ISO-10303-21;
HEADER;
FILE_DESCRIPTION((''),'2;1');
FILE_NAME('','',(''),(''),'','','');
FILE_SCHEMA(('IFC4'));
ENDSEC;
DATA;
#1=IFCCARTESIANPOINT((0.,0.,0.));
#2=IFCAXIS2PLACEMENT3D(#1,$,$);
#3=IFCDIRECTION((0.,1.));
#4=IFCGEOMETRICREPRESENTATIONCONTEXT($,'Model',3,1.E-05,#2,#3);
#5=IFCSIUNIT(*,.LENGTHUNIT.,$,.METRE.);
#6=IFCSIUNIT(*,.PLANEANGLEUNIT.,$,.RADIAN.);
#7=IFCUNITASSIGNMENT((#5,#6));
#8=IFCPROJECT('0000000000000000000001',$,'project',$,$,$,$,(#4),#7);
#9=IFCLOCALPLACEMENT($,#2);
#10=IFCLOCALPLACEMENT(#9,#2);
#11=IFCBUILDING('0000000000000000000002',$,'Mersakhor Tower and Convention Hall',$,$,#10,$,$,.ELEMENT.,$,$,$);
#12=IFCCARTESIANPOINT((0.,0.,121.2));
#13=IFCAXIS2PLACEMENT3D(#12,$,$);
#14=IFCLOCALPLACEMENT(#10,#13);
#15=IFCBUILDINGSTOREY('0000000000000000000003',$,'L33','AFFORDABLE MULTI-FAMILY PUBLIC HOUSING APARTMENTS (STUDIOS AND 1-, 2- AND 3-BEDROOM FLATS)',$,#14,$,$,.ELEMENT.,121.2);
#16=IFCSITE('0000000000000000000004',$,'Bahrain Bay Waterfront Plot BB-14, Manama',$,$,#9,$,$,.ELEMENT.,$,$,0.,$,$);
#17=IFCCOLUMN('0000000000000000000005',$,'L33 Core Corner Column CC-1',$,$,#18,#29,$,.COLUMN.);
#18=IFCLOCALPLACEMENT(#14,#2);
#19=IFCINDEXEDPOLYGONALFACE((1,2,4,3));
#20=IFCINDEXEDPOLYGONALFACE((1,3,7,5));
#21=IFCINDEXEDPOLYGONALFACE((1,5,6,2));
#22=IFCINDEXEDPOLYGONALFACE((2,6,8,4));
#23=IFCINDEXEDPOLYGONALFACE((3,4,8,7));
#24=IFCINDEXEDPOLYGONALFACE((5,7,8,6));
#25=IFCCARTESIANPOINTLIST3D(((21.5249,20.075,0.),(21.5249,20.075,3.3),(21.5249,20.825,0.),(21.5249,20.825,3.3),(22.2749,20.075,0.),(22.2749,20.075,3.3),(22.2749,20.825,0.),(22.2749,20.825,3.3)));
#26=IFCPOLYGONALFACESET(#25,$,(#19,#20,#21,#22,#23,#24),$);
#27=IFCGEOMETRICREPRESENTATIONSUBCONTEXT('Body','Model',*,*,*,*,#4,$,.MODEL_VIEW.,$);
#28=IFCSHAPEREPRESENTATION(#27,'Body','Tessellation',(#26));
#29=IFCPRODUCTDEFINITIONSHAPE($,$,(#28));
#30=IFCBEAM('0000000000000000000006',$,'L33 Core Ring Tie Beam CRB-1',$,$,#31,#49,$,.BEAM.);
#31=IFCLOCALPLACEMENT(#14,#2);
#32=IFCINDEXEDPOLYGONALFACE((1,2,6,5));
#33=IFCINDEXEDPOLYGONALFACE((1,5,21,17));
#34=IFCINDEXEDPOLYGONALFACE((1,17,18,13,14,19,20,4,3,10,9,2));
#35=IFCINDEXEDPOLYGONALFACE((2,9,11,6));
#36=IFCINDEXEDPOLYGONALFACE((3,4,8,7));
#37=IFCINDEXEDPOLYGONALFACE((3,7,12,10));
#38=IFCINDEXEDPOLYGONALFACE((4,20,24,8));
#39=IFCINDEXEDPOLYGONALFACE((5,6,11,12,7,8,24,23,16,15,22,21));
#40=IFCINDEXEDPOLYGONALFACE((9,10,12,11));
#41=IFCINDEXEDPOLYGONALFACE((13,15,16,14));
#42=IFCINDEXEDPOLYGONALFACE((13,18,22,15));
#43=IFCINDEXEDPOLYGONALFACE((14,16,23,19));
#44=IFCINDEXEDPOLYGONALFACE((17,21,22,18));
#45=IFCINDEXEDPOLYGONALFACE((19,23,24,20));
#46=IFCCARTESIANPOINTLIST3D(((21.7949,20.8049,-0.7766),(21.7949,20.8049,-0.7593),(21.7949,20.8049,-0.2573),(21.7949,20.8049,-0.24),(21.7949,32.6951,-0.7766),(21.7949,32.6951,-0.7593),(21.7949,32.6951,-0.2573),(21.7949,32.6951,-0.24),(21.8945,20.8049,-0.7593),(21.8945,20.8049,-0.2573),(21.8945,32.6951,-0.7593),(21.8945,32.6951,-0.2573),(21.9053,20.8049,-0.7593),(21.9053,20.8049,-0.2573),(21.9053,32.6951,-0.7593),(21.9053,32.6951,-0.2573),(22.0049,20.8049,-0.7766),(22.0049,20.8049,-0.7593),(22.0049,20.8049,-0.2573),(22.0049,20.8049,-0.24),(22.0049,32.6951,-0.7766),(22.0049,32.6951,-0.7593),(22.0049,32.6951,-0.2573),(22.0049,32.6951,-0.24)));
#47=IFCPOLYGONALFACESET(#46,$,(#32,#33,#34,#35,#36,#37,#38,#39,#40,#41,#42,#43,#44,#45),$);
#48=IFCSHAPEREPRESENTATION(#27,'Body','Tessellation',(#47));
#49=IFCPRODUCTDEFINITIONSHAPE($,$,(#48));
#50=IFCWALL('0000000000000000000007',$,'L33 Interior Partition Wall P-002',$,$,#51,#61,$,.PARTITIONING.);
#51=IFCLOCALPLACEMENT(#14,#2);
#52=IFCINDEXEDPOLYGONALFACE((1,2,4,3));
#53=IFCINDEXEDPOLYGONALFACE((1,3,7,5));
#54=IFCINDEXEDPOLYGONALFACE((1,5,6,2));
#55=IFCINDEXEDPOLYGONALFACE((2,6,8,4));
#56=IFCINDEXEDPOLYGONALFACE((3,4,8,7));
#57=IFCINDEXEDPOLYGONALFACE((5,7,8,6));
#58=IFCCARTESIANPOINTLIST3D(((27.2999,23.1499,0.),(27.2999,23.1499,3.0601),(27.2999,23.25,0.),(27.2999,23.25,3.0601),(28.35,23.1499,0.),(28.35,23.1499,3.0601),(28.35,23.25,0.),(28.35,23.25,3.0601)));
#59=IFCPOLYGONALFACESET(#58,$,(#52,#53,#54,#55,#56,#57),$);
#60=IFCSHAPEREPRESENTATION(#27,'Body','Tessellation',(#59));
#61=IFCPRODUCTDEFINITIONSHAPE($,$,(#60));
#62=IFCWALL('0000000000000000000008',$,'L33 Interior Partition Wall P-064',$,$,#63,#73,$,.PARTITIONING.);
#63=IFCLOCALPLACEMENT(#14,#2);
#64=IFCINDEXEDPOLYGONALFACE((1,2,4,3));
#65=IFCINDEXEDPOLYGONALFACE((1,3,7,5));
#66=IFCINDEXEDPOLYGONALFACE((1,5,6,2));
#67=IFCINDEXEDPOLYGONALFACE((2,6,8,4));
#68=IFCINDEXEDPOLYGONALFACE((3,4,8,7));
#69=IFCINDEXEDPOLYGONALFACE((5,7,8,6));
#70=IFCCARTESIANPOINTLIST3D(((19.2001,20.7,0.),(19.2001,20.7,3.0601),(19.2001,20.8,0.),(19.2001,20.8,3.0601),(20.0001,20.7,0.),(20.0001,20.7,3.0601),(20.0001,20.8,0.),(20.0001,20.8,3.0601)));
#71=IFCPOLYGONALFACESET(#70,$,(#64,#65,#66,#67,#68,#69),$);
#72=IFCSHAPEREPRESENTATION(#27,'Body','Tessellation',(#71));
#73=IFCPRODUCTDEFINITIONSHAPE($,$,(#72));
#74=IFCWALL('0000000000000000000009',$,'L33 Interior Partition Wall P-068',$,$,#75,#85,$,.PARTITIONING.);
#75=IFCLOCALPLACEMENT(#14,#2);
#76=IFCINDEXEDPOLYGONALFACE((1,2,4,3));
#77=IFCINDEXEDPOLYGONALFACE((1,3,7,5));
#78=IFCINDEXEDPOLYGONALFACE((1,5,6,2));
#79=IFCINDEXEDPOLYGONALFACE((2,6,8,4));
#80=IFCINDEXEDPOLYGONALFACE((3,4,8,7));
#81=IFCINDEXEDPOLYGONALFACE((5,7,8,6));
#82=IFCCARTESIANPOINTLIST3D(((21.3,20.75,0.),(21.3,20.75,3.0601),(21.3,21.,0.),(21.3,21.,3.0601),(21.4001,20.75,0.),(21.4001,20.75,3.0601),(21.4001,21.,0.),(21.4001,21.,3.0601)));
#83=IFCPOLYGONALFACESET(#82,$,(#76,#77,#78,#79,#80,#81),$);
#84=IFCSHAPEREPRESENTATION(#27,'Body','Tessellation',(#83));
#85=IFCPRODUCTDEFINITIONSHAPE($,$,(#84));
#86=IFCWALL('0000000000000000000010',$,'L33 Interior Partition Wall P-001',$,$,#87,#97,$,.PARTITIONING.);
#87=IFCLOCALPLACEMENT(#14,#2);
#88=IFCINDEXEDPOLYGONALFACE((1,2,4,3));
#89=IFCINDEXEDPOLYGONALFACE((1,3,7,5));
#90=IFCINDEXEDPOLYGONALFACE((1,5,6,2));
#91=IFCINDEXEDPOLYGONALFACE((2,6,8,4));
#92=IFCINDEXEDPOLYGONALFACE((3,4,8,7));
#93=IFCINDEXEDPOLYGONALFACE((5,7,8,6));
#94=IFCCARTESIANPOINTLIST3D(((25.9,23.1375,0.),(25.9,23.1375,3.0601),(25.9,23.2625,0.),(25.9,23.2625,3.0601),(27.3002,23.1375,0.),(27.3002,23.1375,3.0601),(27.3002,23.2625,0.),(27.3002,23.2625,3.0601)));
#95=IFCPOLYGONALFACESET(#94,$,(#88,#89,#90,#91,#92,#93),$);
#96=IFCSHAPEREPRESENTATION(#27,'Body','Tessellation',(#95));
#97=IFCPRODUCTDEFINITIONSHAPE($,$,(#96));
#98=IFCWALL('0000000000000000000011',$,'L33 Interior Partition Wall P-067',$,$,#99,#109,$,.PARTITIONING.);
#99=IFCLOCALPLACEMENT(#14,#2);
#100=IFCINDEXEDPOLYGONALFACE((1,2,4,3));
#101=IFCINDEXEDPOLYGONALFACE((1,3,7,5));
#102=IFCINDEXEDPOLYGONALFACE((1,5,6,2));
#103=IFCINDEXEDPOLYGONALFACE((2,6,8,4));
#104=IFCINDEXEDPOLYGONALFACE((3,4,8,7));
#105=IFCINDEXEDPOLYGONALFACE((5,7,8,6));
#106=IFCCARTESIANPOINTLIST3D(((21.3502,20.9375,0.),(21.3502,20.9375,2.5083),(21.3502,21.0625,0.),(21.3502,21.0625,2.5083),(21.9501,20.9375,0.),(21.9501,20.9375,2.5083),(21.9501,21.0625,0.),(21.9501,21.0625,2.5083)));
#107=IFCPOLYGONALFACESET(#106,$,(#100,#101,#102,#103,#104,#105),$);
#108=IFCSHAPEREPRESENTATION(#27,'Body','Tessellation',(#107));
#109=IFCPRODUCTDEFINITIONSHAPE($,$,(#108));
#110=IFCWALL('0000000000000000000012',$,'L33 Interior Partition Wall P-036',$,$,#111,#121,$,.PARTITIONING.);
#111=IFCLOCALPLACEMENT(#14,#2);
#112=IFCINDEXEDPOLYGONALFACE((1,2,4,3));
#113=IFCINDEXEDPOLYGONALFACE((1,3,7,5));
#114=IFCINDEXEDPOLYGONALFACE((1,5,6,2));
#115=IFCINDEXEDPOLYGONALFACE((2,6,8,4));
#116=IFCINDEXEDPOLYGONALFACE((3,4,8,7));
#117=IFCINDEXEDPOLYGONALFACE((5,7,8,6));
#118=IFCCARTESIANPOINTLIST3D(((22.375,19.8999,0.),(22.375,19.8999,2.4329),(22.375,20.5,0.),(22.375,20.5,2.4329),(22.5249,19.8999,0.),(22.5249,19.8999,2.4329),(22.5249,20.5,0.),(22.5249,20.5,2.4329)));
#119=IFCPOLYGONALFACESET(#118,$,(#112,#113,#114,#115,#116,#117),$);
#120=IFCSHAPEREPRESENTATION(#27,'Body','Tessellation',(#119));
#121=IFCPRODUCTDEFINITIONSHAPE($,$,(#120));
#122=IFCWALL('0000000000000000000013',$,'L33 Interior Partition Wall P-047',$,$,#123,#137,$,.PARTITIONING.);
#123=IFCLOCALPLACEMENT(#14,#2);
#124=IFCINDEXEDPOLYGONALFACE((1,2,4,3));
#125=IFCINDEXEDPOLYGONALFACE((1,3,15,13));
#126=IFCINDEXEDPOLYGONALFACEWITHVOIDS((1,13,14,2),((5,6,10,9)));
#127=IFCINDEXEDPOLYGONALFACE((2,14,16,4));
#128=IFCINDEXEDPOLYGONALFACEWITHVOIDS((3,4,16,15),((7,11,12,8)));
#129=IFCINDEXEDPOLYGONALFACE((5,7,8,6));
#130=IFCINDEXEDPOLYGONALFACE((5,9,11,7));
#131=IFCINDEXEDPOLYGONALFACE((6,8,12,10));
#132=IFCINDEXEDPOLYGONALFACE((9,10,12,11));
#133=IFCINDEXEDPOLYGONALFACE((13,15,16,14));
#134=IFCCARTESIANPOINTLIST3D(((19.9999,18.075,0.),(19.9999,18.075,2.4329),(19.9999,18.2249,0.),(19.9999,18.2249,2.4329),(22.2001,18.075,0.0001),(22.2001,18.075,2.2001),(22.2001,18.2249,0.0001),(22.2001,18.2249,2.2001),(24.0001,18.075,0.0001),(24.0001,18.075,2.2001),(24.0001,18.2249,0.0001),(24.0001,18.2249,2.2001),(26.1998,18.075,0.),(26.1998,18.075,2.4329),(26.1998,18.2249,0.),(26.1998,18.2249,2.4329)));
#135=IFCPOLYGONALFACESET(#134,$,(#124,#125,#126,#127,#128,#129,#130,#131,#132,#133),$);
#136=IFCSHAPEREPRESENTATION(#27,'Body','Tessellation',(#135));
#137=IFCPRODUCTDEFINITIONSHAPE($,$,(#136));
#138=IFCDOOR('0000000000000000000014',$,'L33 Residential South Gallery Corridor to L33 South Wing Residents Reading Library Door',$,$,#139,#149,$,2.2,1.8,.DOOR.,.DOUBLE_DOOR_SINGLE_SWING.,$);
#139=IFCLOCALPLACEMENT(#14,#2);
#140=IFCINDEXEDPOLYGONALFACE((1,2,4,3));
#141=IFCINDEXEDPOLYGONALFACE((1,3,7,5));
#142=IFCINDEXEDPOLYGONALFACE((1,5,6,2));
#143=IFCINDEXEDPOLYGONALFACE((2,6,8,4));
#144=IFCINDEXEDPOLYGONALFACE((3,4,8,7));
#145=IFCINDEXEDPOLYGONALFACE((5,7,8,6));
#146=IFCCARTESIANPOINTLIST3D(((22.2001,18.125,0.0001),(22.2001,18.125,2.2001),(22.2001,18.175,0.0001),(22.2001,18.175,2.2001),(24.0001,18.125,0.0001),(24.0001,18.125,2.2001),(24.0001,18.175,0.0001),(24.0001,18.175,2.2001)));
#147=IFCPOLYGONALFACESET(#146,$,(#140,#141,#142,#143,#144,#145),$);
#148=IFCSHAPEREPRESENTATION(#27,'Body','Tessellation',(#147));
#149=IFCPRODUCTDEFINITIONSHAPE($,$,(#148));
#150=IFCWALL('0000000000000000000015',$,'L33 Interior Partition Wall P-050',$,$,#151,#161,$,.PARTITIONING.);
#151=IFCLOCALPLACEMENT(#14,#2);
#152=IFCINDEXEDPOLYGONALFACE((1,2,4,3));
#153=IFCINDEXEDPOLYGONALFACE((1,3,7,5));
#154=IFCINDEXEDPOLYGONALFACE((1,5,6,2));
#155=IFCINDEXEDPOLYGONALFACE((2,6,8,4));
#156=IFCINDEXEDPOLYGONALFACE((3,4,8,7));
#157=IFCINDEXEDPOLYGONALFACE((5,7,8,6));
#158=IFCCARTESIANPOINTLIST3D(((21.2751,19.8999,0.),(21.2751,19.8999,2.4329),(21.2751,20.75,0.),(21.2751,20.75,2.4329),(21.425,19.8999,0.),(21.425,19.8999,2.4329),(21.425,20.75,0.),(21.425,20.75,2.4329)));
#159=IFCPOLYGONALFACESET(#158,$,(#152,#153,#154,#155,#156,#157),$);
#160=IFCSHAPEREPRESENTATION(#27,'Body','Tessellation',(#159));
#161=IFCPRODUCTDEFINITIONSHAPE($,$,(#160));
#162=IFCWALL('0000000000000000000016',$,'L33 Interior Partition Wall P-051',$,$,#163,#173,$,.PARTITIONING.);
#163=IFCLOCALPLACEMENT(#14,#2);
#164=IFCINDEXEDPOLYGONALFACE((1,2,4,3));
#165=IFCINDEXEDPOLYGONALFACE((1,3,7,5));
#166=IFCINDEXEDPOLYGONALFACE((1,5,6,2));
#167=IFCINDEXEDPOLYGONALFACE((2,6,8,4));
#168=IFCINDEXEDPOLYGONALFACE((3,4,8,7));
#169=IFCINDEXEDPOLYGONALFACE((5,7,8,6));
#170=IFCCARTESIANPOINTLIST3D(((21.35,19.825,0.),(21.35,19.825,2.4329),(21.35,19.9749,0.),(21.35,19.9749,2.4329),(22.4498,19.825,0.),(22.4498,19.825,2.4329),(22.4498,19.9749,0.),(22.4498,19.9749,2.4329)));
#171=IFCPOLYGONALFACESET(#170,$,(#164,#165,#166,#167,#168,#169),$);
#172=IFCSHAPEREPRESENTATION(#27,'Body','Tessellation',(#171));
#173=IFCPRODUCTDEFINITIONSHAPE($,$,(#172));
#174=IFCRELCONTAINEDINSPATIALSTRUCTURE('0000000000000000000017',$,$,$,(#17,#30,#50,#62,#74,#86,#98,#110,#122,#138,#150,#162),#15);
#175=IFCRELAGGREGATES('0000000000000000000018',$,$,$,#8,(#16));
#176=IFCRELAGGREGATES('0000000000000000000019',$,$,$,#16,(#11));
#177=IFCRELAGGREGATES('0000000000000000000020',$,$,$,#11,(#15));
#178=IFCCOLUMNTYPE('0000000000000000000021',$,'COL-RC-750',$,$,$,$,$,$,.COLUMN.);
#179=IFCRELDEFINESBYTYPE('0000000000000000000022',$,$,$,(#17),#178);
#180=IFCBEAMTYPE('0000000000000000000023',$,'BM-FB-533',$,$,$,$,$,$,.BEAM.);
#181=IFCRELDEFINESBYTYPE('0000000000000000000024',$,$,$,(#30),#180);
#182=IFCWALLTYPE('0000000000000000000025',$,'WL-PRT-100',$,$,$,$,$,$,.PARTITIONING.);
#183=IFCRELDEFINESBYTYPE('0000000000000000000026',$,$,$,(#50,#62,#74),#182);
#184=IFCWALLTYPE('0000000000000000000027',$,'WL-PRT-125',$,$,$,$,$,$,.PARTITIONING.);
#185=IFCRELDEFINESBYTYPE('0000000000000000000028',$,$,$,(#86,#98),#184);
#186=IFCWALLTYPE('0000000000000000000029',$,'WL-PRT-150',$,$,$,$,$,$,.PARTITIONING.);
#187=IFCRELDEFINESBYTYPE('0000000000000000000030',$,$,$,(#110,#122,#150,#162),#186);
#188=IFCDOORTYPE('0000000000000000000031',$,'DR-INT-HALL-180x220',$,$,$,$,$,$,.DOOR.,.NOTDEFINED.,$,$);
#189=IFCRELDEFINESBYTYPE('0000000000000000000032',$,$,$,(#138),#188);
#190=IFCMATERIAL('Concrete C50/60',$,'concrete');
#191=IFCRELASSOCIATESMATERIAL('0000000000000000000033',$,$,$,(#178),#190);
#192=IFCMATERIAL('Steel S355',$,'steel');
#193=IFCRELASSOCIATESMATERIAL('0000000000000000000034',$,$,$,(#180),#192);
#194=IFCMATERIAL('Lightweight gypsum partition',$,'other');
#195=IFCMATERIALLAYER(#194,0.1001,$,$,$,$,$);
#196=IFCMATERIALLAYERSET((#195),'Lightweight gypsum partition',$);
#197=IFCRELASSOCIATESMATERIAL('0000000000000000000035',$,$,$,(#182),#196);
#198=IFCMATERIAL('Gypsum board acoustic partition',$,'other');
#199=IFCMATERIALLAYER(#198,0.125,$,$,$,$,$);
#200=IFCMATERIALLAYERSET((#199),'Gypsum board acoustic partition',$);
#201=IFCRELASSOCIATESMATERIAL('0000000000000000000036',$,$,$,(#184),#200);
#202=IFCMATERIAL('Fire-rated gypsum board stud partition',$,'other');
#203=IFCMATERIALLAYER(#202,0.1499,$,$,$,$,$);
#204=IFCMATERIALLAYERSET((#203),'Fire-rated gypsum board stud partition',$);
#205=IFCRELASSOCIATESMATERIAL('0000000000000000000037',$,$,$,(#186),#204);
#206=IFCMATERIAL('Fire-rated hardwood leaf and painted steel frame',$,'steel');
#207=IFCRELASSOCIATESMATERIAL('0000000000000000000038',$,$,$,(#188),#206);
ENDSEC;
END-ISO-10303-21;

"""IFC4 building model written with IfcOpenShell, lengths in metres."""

from ifc_helpers import new_model, si_unit, direction, frame, frame_2d, origin, origin_2d, place, context, subcontext, project, spatial, rectangle, i_section, extrude, material, layer, layer_set, material_profile, profile_set, type_object, element, fill, save


model = new_model("IFC4")

# Units and contexts
model_context = context("Model", 3, precision=1e-05, world=origin(), true_north=direction((0.0, 1.0)))
body_context = subcontext(model_context, "Body", "Model", "MODEL_VIEW")
ifc_project = project(units=[si_unit("LENGTHUNIT", "METRE"), si_unit("PLANEANGLEUNIT", "RADIAN")], contexts=[model_context])

# Site, building, storey
site_placement = place(None, origin())
site = spatial("IfcSite", under=ifc_project, at=site_placement, Name="Bahrain Bay Waterfront Plot BB-14, Manama", CompositionType="ELEMENT", RefElevation=0.0)
building_placement = place(site_placement, origin())
building = spatial("IfcBuilding", under=site, at=building_placement, Name="Mersakhor Tower and Convention Hall", CompositionType="ELEMENT")
storey_placement = place(building_placement, frame((0.0, 0.0, 121.2)))
storey = spatial("IfcBuildingStorey", under=building, at=storey_placement, Name="L33", Description="AFFORDABLE MULTI-FAMILY PUBLIC HOUSING APARTMENTS (STUDIOS AND 1-, 2- AND 3-BEDROOM FLATS)", CompositionType="ELEMENT", Elevation=121.2)

# Column
ifc_material_1 = material(Name="Concrete C50/60", Category="concrete")
ifc_material_profile_1 = material_profile(ifc_material_1, rectangle(XDim=0.75, YDim=0.75, at=origin_2d()), Name="RC 750x750")
ifc_profile_set_1 = profile_set([ifc_material_profile_1], Name="Concrete C50/60")
column_type = type_object("IfcColumnType", Name="COL-RC-750", PredefinedType="COLUMN", material=ifc_profile_set_1)
column_placement = place(storey_placement, frame((21.8999, 20.45, 0.0), z_axis=(0.0, 0.0, 1.0), x_axis=(1.0, 0.0, 0.0)))
element("IfcColumn", 1, at=column_placement, inside=storey, type_object=column_type, Name="L33 Core Corner Column CC-1", PredefinedType="COLUMN", context=body_context, shape_type="SweptSolid", body=[
    extrude(rectangle(XDim=0.75, YDim=0.75, at=origin_2d()), origin(), (0.0, 0.0, 1.0), 3.3),
])

# Beam
ifc_material_2 = material(Name="Steel S355", Category="steel")
ifc_material_profile_2 = material_profile(ifc_material_2, i_section(OverallWidth=0.21, OverallDepth=0.5366, WebThickness=0.0107, FlangeThickness=0.0173, at=origin_2d()), Name="UB 533x210x101")
ifc_profile_set_2 = profile_set([ifc_material_profile_2], Name="Steel S355")
beam_type = type_object("IfcBeamType", Name="BM-FB-533", PredefinedType="BEAM", material=ifc_profile_set_2)
beam_placement = place(storey_placement, frame((21.8999, 20.8049, -0.5083), z_axis=(0.0, 1.0, 0.0), x_axis=(-1.0, 0.0, 0.0)))
element("IfcBeam", 2, at=beam_placement, inside=storey, type_object=beam_type, Name="L33 Core Ring Tie Beam CRB-1", PredefinedType="BEAM", context=body_context, shape_type="SweptSolid", body=[
    extrude(i_section(OverallWidth=0.21, OverallDepth=0.5366, WebThickness=0.0107, FlangeThickness=0.0173, at=origin_2d()), origin(), (0.0, 0.0, 1.0), 11.8901),
])

# Walls
ifc_material_3 = material(Name="Lightweight gypsum partition", Category="other")
ifc_layer_1 = layer(ifc_material_3, 0.1001)
ifc_layer_set_1 = layer_set([ifc_layer_1], Name="Lightweight gypsum partition")
wall_type_1 = type_object("IfcWallType", Name="WL-PRT-100", PredefinedType="PARTITIONING", material=ifc_layer_set_1)
wall_1_placement = place(storey_placement, frame((27.3, 23.2, 0.0), z_axis=(0.0, 0.0, 1.0), x_axis=(1.0, 0.0, 0.0)))
element("IfcWall", 3, at=wall_1_placement, inside=storey, type_object=wall_type_1, Name="L33 Interior Partition Wall P-002", PredefinedType="PARTITIONING", context=body_context, shape_type="SweptSolid", body=[
    extrude(rectangle(XDim=1.05, YDim=0.1001, at=frame_2d((0.5249, 0.0))), origin(), (0.0, 0.0, 1.0), 3.0601),
])
wall_2_placement = place(storey_placement, frame((20.0, 20.75, 0.0), z_axis=(0.0, 0.0, 1.0), x_axis=(-1.0, 0.0, 0.0)))
element("IfcWall", 4, at=wall_2_placement, inside=storey, type_object=wall_type_1, Name="L33 Interior Partition Wall P-064", PredefinedType="PARTITIONING", context=body_context, shape_type="SweptSolid", body=[
    extrude(rectangle(XDim=0.8, YDim=0.1001, at=frame_2d((0.3999, 0.0))), origin(), (0.0, 0.0, 1.0), 3.0601),
])
wall_3_placement = place(storey_placement, frame((21.3501, 21.0, 0.0), z_axis=(0.0, 0.0, 1.0), x_axis=(0.0, -1.0, 0.0)))
element("IfcWall", 5, at=wall_3_placement, inside=storey, type_object=wall_type_1, Name="L33 Interior Partition Wall P-068", PredefinedType="PARTITIONING", context=body_context, shape_type="SweptSolid", body=[
    extrude(rectangle(XDim=0.25, YDim=0.1001, at=frame_2d((0.125, 0.0))), origin(), (0.0, 0.0, 1.0), 3.0601),
])
ifc_material_4 = material(Name="Gypsum board acoustic partition", Category="other")
ifc_layer_2 = layer(ifc_material_4, 0.125)
ifc_layer_set_2 = layer_set([ifc_layer_2], Name="Gypsum board acoustic partition")
wall_type_2 = type_object("IfcWallType", Name="WL-PRT-125", PredefinedType="PARTITIONING", material=ifc_layer_set_2)
wall_4_placement = place(storey_placement, frame((25.8999, 23.2, 0.0), z_axis=(0.0, 0.0, 1.0), x_axis=(1.0, 0.0, 0.0)))
element("IfcWall", 6, at=wall_4_placement, inside=storey, type_object=wall_type_2, Name="L33 Interior Partition Wall P-001", PredefinedType="PARTITIONING", context=body_context, shape_type="SweptSolid", body=[
    extrude(rectangle(XDim=1.4001, YDim=0.125, at=frame_2d((0.7002, 0.0))), origin(), (0.0, 0.0, 1.0), 3.0601),
])
wall_5_placement = place(storey_placement, frame((21.95, 21.0, 0.0), z_axis=(0.0, 0.0, 1.0), x_axis=(-1.0, 0.0, 0.0)))
element("IfcWall", 7, at=wall_5_placement, inside=storey, type_object=wall_type_2, Name="L33 Interior Partition Wall P-067", PredefinedType="PARTITIONING", context=body_context, shape_type="SweptSolid", body=[
    extrude(rectangle(XDim=0.5999, YDim=0.125, at=frame_2d((0.2998, 0.0))), origin(), (0.0, 0.0, 1.0), 2.5083),
])
ifc_material_5 = material(Name="Fire-rated gypsum board stud partition", Category="other")
ifc_layer_3 = layer(ifc_material_5, 0.1499)
ifc_layer_set_3 = layer_set([ifc_layer_3], Name="Fire-rated gypsum board stud partition")
wall_type_3 = type_object("IfcWallType", Name="WL-PRT-150", PredefinedType="PARTITIONING", material=ifc_layer_set_3)
wall_6_placement = place(storey_placement, frame((22.45, 19.8999, 0.0), z_axis=(0.0, 0.0, 1.0), x_axis=(0.0, 1.0, 0.0)))
element("IfcWall", 8, at=wall_6_placement, inside=storey, type_object=wall_type_3, Name="L33 Interior Partition Wall P-036", PredefinedType="PARTITIONING", context=body_context, shape_type="SweptSolid", body=[
    extrude(rectangle(XDim=0.6001, YDim=0.1499, at=frame_2d((0.3, 0.0))), origin(), (0.0, 0.0, 1.0), 2.4329),
])

# Wall, opening, door
wall_7_placement = place(storey_placement, frame((26.2, 18.1499, 0.0), z_axis=(0.0, 0.0, 1.0), x_axis=(-1.0, 0.0, 0.0)))
wall_7 = element("IfcWall", 9, at=wall_7_placement, inside=storey, type_object=wall_type_3, Name="L33 Interior Partition Wall P-047", PredefinedType="PARTITIONING", context=body_context, shape_type="SweptSolid", body=[
    extrude(rectangle(XDim=6.2, YDim=0.1499, at=frame_2d((3.1001, 0.0))), origin(), (0.0, 0.0, 1.0), 2.4329),
])
opening_1_placement = place(wall_7_placement, frame((2.2, 0.0, 0.0)))
opening_1 = element("IfcOpeningElement", 10, at=opening_1_placement, cuts=wall_7, PredefinedType="OPENING", context=body_context, shape_type="SweptSolid", body=[
    extrude(rectangle(XDim=1.8, YDim=2.2, at=frame_2d((0.8999, 1.1001))), frame((0.0, 0.085, 0.0), z_axis=(0.0, -1.0, 0.0), x_axis=(1.0, 0.0, 0.0)), (0.0, 0.0, 1.0), 0.1699),
])
ifc_material_6 = material(Name="Fire-rated hardwood leaf and painted steel frame", Category="steel")
door_type_1 = type_object("IfcDoorType", Name="DR-INT-HALL-180x220", OperationType="NOTDEFINED", PredefinedType="DOOR", material=ifc_material_6)
door_1_placement = place(opening_1_placement, origin())
door_1 = element("IfcDoor", 11, at=door_1_placement, inside=storey, type_object=door_type_1, Name="L33 Residential South Gallery Corridor to L33 South Wing Residents Reading Library Door", OperationType="DOUBLE_DOOR_SINGLE_SWING", OverallHeight=2.2, OverallWidth=1.8, PredefinedType="DOOR", context=body_context, shape_type="SweptSolid", body=[
    extrude(rectangle(XDim=1.8, YDim=2.2, at=frame_2d((0.8999, 1.1001))), frame((0.0, 0.0249, 0.0), z_axis=(0.0, -1.0, 0.0), x_axis=(1.0, 0.0, 0.0)), (0.0, 0.0, 1.0), 0.05),
])
fill(opening_1, door_1)

# Walls
wall_8_placement = place(storey_placement, frame((21.3501, 20.75, 0.0), z_axis=(0.0, 0.0, 1.0), x_axis=(0.0, -1.0, 0.0)))
element("IfcWall", 12, at=wall_8_placement, inside=storey, type_object=wall_type_3, Name="L33 Interior Partition Wall P-050", PredefinedType="PARTITIONING", context=body_context, shape_type="SweptSolid", body=[
    extrude(rectangle(XDim=0.8501, YDim=0.1499, at=frame_2d((0.425, 0.0))), origin(), (0.0, 0.0, 1.0), 2.4329),
])
wall_9_placement = place(storey_placement, frame((21.3501, 19.8999, 0.0), z_axis=(0.0, 0.0, 1.0), x_axis=(1.0, 0.0, 0.0)))
element("IfcWall", 13, at=wall_9_placement, inside=storey, type_object=wall_type_3, Name="L33 Interior Partition Wall P-051", PredefinedType="PARTITIONING", context=body_context, shape_type="SweptSolid", body=[
    extrude(rectangle(XDim=1.0999, YDim=0.1499, at=frame_2d((0.5498, 0.0))), origin(), (0.0, 0.0, 1.0), 2.4329),
])

save(model, "model.ifc")
